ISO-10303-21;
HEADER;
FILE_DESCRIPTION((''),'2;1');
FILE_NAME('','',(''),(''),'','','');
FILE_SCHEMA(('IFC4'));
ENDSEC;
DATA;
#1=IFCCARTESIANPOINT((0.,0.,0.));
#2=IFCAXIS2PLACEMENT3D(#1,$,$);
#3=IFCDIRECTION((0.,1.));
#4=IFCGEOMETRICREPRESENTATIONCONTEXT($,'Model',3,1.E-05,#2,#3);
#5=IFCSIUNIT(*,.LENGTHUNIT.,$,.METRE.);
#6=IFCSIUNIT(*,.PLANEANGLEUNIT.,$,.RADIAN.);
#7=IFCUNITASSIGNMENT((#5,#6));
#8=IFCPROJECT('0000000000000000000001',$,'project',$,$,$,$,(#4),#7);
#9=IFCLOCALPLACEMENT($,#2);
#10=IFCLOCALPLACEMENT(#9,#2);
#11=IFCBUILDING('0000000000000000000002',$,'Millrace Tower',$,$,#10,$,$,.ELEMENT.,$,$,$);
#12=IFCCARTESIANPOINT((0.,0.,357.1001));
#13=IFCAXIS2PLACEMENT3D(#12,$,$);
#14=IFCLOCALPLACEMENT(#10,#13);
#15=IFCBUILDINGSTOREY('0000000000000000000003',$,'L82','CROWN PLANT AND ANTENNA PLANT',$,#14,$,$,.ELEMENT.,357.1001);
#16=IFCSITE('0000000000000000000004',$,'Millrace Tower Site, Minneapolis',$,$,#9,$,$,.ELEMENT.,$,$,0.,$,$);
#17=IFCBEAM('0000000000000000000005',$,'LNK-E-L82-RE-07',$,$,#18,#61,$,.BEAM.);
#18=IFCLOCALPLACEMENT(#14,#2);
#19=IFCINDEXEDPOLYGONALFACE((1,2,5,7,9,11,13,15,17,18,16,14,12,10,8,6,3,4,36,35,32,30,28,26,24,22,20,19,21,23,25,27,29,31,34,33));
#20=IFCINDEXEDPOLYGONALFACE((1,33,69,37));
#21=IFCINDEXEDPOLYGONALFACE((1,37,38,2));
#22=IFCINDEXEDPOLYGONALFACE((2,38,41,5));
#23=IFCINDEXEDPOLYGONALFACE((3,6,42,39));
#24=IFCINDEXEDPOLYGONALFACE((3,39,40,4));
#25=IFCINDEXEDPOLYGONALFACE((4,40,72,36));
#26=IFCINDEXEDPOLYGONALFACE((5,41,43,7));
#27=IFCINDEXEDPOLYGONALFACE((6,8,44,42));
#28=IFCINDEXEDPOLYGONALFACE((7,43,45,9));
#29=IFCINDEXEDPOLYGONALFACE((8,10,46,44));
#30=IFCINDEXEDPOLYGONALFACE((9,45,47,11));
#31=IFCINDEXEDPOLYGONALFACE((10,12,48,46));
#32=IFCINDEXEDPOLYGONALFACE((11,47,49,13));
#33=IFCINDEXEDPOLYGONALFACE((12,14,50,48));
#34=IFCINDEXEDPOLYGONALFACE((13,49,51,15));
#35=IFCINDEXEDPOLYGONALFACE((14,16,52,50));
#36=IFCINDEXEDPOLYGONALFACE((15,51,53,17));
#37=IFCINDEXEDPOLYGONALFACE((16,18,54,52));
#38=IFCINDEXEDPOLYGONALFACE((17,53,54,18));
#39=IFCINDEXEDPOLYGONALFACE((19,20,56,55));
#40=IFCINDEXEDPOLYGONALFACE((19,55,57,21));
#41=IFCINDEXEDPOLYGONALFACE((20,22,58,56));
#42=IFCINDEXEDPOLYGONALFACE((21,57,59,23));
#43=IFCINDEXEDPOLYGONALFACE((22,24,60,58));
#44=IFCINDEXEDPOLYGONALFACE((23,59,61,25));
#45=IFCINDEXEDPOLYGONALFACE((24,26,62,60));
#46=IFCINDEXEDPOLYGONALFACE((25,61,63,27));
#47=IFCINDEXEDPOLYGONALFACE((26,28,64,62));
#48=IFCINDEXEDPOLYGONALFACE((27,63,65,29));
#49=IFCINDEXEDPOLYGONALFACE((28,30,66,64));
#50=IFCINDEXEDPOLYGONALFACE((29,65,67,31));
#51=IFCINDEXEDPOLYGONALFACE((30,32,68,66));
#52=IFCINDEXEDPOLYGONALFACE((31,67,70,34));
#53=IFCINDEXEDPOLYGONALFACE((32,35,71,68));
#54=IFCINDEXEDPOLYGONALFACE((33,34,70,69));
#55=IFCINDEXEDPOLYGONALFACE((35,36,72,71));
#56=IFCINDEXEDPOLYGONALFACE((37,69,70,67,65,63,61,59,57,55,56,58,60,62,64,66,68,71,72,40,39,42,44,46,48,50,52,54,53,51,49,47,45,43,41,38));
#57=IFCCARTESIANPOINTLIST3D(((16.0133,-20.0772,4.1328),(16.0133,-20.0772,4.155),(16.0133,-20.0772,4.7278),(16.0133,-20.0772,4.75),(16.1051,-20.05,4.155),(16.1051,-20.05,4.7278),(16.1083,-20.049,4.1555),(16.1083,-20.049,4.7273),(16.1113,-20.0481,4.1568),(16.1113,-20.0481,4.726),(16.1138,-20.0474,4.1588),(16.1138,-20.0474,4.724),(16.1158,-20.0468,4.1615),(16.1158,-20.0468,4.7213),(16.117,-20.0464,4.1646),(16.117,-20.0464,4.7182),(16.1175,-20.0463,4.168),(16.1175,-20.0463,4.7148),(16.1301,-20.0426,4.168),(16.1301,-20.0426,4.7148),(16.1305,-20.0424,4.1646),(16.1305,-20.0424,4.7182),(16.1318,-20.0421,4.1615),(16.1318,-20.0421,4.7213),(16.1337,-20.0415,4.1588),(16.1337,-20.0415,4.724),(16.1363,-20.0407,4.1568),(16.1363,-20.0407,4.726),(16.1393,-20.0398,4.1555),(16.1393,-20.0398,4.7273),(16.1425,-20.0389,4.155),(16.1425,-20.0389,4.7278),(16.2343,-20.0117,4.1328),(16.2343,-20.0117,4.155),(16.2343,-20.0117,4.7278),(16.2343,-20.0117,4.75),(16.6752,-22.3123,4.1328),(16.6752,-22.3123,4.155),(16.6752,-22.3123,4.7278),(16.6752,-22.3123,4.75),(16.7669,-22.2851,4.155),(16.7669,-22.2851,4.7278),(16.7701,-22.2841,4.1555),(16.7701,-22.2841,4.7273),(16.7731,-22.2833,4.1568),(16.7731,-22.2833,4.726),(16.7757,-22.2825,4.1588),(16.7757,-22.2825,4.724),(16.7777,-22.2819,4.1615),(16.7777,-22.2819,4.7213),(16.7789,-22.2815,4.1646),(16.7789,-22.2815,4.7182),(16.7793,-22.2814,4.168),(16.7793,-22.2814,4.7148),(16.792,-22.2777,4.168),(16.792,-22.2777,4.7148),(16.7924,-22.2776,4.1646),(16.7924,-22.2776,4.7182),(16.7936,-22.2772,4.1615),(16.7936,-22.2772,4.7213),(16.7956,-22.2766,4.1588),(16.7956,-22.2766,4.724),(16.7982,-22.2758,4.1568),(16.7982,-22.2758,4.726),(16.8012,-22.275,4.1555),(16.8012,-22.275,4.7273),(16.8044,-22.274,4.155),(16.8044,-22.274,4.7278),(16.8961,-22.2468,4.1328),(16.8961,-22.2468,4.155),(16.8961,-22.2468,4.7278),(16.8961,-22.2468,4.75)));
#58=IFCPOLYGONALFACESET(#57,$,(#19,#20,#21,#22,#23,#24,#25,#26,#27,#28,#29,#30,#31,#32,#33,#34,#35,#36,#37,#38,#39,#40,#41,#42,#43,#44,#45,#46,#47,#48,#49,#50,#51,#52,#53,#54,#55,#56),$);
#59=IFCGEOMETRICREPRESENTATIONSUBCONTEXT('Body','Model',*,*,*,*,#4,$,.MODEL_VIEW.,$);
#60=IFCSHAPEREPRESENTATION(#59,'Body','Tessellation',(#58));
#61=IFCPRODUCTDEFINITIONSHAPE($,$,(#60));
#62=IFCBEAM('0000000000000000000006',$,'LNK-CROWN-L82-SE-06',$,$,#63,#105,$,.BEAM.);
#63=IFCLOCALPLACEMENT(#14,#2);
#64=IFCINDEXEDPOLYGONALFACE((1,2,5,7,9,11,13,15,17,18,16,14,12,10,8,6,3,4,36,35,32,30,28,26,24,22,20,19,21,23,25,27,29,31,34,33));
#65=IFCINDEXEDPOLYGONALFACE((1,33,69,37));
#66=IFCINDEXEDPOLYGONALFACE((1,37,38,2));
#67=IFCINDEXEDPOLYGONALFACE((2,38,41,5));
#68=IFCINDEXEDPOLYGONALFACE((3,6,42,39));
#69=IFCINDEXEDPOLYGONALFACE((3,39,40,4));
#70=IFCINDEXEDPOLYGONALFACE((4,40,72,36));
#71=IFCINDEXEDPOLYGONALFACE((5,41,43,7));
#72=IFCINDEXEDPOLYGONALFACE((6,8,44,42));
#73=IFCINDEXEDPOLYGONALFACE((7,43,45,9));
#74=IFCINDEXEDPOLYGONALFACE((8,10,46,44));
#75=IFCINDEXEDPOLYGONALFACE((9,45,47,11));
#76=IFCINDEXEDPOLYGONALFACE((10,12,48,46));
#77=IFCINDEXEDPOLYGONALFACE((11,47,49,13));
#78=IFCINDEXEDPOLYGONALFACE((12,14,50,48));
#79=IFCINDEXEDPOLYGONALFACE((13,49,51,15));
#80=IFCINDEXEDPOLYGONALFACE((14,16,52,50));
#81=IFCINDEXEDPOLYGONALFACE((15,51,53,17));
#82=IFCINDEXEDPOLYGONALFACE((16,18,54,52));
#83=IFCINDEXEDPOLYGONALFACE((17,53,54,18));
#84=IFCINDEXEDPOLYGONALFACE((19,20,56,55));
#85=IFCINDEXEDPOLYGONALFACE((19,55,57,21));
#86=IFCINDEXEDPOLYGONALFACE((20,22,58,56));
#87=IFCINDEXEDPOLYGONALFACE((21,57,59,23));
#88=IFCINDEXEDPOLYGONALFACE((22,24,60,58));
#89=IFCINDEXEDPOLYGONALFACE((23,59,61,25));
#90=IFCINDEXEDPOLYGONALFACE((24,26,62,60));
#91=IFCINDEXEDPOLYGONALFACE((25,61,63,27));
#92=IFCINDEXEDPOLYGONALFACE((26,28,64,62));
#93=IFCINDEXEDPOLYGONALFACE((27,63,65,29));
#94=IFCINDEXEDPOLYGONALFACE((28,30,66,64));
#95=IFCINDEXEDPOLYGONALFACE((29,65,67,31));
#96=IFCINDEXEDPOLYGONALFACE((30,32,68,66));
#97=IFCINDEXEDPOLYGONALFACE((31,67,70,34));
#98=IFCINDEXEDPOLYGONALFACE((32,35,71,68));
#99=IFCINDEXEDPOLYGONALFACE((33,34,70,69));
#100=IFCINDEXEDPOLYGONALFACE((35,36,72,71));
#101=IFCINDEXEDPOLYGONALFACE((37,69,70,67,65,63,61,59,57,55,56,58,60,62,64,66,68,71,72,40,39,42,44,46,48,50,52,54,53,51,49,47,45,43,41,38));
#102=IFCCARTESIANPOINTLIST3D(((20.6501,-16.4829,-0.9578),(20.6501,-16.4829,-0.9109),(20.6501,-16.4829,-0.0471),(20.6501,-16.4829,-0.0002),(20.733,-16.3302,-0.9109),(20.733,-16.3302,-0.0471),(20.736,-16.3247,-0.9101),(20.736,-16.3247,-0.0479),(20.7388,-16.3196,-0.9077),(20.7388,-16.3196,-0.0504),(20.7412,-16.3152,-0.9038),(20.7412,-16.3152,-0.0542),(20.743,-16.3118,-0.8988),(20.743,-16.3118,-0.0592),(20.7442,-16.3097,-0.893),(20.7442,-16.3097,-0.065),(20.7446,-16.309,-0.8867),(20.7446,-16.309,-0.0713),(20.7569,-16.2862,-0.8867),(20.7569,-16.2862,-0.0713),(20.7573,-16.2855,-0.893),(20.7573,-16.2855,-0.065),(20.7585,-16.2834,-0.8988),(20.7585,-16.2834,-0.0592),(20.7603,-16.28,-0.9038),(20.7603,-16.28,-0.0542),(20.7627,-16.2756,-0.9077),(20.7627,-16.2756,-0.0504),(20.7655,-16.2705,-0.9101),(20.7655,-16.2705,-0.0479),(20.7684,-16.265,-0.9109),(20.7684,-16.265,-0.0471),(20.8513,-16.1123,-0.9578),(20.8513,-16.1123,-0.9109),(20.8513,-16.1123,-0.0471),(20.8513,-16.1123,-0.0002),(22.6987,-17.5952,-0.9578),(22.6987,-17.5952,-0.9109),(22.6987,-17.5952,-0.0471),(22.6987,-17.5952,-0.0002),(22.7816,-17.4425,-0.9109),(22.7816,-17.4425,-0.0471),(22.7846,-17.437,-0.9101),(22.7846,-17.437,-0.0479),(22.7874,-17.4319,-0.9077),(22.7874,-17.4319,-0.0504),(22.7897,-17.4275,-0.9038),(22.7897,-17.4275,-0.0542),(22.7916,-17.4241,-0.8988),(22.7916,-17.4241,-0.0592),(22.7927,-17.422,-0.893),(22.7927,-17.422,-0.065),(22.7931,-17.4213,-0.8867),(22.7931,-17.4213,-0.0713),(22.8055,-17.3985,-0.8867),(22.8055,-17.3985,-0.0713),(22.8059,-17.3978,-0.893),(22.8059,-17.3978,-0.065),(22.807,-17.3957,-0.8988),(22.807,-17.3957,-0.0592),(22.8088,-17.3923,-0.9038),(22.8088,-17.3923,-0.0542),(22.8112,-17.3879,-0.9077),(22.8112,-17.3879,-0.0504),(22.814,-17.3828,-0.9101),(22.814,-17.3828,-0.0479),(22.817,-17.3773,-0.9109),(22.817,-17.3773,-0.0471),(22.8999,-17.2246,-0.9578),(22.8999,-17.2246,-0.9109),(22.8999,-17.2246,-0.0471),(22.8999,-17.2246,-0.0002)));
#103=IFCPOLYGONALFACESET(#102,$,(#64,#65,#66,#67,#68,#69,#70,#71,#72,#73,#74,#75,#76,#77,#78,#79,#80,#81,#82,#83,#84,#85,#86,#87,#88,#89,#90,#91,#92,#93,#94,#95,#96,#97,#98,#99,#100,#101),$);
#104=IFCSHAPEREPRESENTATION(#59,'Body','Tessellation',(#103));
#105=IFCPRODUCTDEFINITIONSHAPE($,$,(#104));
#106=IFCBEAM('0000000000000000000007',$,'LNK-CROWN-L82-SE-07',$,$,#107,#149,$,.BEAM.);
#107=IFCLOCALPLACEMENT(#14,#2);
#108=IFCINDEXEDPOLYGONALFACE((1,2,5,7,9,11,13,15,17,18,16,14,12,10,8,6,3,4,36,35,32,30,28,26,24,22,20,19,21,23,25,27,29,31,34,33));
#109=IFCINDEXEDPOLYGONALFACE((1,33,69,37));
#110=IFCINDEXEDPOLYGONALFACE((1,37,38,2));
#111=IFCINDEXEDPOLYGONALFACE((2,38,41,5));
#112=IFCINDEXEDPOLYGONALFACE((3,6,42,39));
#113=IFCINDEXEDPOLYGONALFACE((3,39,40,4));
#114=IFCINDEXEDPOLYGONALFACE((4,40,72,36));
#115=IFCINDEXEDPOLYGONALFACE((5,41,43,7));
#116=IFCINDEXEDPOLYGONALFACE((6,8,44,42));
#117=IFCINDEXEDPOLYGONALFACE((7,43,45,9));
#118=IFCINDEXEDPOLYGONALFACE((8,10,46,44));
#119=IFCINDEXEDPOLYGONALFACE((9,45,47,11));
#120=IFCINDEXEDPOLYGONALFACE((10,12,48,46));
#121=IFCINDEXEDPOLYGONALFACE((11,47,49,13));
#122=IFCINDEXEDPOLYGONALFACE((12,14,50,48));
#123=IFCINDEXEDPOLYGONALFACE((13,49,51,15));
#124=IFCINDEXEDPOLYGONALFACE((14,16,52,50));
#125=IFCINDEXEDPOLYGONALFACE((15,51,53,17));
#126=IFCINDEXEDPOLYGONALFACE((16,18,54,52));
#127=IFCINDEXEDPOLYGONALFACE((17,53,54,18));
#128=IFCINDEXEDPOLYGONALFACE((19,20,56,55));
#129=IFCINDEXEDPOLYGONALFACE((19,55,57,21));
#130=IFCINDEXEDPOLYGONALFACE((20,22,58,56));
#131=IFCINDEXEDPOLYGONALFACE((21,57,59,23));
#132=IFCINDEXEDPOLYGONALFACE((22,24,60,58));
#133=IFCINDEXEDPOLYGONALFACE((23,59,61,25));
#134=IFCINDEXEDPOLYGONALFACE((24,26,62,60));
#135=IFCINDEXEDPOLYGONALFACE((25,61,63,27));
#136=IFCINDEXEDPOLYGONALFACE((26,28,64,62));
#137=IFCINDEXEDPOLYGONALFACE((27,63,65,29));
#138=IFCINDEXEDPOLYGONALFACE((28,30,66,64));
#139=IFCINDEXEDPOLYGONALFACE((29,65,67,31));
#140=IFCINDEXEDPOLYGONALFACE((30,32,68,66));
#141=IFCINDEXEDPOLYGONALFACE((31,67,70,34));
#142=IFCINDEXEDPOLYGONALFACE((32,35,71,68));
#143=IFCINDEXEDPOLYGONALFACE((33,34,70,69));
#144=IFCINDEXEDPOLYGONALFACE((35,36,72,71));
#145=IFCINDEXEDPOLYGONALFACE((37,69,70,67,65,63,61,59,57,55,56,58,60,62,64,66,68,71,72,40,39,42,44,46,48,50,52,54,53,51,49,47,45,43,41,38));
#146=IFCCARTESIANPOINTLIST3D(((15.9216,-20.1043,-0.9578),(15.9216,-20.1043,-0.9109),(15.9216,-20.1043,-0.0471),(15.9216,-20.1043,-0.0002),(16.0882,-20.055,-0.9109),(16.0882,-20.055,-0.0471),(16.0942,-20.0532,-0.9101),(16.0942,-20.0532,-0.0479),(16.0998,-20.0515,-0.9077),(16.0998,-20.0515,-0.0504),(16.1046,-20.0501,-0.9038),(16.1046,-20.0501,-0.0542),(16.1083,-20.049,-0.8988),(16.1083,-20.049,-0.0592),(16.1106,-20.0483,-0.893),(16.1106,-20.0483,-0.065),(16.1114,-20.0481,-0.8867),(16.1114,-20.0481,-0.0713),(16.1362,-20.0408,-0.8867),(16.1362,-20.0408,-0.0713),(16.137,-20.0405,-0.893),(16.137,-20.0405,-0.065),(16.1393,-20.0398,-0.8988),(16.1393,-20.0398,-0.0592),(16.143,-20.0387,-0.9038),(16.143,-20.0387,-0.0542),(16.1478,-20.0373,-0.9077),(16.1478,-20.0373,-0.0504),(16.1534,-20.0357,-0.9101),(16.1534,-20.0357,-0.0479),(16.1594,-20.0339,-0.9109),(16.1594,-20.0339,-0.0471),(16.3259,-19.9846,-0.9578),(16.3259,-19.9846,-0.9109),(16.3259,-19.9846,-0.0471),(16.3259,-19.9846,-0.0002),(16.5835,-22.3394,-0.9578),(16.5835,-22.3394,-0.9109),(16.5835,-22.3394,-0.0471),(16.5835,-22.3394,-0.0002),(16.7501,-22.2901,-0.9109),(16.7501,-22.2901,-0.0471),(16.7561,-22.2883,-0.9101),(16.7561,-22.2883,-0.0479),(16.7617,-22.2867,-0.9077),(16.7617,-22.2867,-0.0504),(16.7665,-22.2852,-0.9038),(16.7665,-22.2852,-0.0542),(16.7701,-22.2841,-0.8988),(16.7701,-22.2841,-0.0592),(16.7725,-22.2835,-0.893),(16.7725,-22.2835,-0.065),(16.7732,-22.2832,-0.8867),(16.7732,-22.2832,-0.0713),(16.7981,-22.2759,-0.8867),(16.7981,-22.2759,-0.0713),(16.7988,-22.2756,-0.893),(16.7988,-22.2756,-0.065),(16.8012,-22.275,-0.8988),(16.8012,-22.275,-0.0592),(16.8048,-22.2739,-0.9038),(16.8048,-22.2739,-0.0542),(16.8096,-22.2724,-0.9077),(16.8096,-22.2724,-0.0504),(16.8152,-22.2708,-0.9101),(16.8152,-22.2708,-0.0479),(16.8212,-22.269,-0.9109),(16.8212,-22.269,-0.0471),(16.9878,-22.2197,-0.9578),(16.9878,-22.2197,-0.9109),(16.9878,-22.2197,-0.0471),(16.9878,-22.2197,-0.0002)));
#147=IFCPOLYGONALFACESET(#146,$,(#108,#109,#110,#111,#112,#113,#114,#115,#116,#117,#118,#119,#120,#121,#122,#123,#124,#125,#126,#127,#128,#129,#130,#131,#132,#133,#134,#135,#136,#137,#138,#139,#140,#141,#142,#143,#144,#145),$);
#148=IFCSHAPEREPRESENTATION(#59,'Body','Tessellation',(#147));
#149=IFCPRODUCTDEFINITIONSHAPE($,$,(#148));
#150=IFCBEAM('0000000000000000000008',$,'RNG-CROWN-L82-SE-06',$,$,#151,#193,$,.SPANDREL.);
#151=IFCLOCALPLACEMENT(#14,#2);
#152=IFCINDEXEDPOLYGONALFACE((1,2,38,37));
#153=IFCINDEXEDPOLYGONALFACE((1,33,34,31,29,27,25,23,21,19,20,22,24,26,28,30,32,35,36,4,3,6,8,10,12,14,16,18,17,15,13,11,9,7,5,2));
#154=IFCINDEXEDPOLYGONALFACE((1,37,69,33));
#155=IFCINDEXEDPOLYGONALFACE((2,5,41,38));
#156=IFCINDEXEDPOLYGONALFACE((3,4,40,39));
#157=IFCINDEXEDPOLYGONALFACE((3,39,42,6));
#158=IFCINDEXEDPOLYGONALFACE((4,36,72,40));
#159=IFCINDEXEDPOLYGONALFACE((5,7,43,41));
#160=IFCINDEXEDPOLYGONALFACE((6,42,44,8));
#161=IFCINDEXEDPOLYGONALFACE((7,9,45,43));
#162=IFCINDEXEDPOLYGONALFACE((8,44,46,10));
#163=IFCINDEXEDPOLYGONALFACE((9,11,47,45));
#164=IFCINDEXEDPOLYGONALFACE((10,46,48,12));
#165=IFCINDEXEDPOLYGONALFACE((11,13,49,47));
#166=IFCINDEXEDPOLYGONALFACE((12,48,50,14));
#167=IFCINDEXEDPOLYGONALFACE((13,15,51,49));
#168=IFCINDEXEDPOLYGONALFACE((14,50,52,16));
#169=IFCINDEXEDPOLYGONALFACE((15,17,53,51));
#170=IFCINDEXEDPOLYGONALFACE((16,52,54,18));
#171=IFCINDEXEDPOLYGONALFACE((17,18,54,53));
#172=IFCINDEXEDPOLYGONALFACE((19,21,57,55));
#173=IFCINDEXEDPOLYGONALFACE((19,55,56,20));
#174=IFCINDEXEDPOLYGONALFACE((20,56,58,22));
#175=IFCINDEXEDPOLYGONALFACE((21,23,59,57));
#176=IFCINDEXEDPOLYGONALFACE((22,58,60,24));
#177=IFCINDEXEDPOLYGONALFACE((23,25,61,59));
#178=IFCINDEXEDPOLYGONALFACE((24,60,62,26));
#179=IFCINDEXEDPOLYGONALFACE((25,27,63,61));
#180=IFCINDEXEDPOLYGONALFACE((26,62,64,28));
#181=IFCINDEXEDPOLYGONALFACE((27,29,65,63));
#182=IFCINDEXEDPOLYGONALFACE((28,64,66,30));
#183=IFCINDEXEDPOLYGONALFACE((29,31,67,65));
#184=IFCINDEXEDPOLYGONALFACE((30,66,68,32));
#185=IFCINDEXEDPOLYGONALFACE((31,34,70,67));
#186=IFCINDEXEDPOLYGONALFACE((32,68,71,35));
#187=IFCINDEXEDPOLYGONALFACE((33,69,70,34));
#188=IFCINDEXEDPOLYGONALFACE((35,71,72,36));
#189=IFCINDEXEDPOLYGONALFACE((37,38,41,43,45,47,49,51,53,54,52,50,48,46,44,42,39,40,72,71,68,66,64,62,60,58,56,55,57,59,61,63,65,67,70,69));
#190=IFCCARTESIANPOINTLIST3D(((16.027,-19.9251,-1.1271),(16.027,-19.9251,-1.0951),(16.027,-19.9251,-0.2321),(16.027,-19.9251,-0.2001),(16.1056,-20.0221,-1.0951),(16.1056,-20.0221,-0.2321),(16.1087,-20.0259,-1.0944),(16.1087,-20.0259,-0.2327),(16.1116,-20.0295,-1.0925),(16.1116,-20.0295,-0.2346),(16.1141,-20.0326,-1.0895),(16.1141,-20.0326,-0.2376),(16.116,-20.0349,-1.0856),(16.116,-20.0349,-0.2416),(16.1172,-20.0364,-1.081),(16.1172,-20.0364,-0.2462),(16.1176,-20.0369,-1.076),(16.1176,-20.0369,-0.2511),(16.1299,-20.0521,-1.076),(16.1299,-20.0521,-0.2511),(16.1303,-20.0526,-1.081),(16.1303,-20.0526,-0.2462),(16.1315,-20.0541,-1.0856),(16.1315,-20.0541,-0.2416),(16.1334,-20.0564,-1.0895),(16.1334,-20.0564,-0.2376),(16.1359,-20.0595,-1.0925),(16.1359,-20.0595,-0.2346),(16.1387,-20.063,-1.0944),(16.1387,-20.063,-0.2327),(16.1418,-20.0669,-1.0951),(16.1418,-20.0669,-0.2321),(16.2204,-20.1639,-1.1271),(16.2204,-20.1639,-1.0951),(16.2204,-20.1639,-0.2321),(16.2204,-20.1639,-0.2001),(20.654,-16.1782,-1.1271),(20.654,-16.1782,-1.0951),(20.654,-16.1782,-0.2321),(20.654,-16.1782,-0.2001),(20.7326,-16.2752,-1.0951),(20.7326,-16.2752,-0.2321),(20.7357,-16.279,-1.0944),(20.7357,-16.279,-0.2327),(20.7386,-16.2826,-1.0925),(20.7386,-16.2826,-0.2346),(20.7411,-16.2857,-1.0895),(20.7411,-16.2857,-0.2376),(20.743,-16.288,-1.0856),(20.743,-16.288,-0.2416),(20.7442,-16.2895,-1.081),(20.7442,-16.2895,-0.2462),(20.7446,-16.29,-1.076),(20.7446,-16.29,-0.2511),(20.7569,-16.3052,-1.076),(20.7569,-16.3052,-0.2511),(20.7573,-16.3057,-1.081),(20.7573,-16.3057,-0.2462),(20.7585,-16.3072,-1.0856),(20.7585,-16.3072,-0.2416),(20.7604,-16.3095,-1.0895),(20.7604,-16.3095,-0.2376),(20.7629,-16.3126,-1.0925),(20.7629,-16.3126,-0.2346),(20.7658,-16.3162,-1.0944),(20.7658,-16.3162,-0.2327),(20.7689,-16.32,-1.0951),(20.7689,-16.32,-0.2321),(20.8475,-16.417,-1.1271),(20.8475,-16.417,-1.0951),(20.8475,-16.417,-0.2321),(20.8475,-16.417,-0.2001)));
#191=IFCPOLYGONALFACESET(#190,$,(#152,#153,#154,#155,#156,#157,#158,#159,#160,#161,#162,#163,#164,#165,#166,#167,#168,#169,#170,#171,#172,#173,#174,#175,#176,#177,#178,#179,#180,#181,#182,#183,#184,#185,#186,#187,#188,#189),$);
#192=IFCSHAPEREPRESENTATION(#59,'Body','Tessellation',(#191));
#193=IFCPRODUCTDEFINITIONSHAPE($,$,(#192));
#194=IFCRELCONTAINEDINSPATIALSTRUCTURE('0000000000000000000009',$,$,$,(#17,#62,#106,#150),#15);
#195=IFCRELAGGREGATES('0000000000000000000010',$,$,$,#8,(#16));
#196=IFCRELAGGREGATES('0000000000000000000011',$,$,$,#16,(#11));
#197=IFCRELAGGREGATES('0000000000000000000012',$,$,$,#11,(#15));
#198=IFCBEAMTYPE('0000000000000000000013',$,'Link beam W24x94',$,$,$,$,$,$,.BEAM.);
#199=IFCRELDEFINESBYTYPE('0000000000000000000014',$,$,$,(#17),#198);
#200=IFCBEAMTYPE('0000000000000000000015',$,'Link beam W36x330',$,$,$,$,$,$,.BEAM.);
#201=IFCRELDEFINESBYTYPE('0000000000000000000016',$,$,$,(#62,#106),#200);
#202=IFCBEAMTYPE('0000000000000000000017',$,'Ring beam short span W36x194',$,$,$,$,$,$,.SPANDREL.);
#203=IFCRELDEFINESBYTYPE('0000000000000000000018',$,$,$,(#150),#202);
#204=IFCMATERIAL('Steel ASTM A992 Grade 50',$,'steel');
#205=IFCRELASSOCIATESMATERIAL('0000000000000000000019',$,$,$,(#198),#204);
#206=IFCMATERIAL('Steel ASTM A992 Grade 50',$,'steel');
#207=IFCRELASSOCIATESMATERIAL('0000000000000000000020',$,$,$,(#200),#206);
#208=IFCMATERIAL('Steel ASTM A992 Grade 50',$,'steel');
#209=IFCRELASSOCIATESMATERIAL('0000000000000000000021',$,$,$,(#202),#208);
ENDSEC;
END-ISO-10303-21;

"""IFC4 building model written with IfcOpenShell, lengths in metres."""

from ifc_helpers import new_model, si_unit, direction, frame, origin, origin_2d, place, context, subcontext, project, spatial, i_section, extrude, material, material_profile, profile_set, type_object, element, save


model = new_model("IFC4")

# Units and contexts
model_context = context("Model", 3, precision=1e-05, world=origin(), true_north=direction((0.0, 1.0)))
body_context = subcontext(model_context, "Body", "Model", "MODEL_VIEW")
ifc_project = project(units=[si_unit("LENGTHUNIT", "METRE"), si_unit("PLANEANGLEUNIT", "RADIAN")], contexts=[model_context])

# Site, building, storey
site_placement = place(None, origin())
site = spatial("IfcSite", under=ifc_project, at=site_placement, Name="Millrace Tower Site, Minneapolis", CompositionType="ELEMENT", RefElevation=0.0)
building_placement = place(site_placement, origin())
building = spatial("IfcBuilding", under=site, at=building_placement, Name="Millrace Tower", CompositionType="ELEMENT")
storey_placement = place(building_placement, frame((0.0, 0.0, 357.1001)))
storey = spatial("IfcBuildingStorey", under=building, at=storey_placement, Name="L82", Description="CROWN PLANT AND ANTENNA PLANT", CompositionType="ELEMENT", Elevation=357.1001)

# Beams
ifc_material_1 = material(Name="Steel ASTM A992 Grade 50", Category="steel")
ifc_material_profile_1 = material_profile(ifc_material_1, i_section(OverallWidth=0.2305, OverallDepth=0.6172, WebThickness=0.0132, FlangeThickness=0.0222, FilletRadius=0.0129, at=origin_2d()))
ifc_profile_set_1 = profile_set([ifc_material_profile_1], Name="Steel ASTM A992 Grade 50")
beam_type_1 = type_object("IfcBeamType", Name="Link beam W24x94", PredefinedType="BEAM", material=ifc_profile_set_1)
for number, where, z_axis, x_axis, name in (
    (1, (16.1238, -20.0444, 4.4414), (0.283935, -0.958844, 0.0), (0.958844, 0.283935, 0.0), "LNK-E-L82-RE-07"),
):
    element("IfcBeam", number, at=place(storey_placement, frame(where, z_axis=z_axis, x_axis=x_axis)), inside=storey, type_object=beam_type_1, Name=name, PredefinedType="BEAM", context=body_context, shape_type="SweptSolid", body=[
        extrude(i_section(OverallWidth=0.2305, OverallDepth=0.6172, WebThickness=0.0132, FlangeThickness=0.0222, FilletRadius=0.0129, at=origin_2d()), origin(), (0.0, 0.0, 1.0), 2.3311),
    ])
ifc_material_2 = material(Name="Steel ASTM A992 Grade 50", Category="steel")
ifc_material_profile_2 = material_profile(ifc_material_2, i_section(OverallWidth=0.4216, OverallDepth=0.9575, WebThickness=0.0259, FlangeThickness=0.0469, FilletRadius=0.0242, at=origin_2d()))
ifc_profile_set_2 = profile_set([ifc_material_profile_2], Name="Steel ASTM A992 Grade 50")
beam_type_2 = type_object("IfcBeamType", Name="Link beam W36x330", PredefinedType="BEAM", material=ifc_profile_set_2)
for number, where, z_axis, x_axis, name in (
    (2, (20.7507, -16.2976, -0.479), (0.878815, -0.477164, 0.0), (0.477164, 0.878815, 0.0), "LNK-CROWN-L82-SE-06"),
    (3, (16.1238, -20.0444, -0.479), (0.283935, -0.958844, 0.0), (0.958844, 0.283935, 0.0), "LNK-CROWN-L82-SE-07"),
):
    element("IfcBeam", number, at=place(storey_placement, frame(where, z_axis=z_axis, x_axis=x_axis)), inside=storey, type_object=beam_type_2, Name=name, PredefinedType="BEAM", context=body_context, shape_type="SweptSolid", body=[
        extrude(i_section(OverallWidth=0.4216, OverallDepth=0.9575, WebThickness=0.0259, FlangeThickness=0.0469, FilletRadius=0.0242, at=origin_2d()), origin(), (0.0, 0.0, 1.0), 2.3311),
    ])
ifc_material_3 = material(Name="Steel ASTM A992 Grade 50", Category="steel")
ifc_material_profile_3 = material_profile(ifc_material_3, i_section(OverallWidth=0.3074, OverallDepth=0.927, WebThickness=0.0195, FlangeThickness=0.032, FilletRadius=0.019, at=origin_2d()))
ifc_profile_set_3 = profile_set([ifc_material_profile_3], Name="Steel ASTM A992 Grade 50")
beam_type_3 = type_object("IfcBeamType", Name="Ring beam short span W36x194", PredefinedType="SPANDREL", material=ifc_profile_set_3)
beam_1_placement = place(storey_placement, frame((20.7507, -16.2976, -0.6636), z_axis=(-0.777147, -0.62932, 0.0), x_axis=(0.62932, -0.777147, 0.0)))
element("IfcBeam", 4, at=beam_1_placement, inside=storey, type_object=beam_type_3, Name="RNG-CROWN-L82-SE-06", PredefinedType="SPANDREL", context=body_context, shape_type="SweptSolid", body=[
    extrude(i_section(OverallWidth=0.3074, OverallDepth=0.927, WebThickness=0.0195, FlangeThickness=0.032, FilletRadius=0.019, at=origin_2d()), origin(), (0.0, 0.0, 1.0), 5.9539),
])

save(model, "model.ifc")
